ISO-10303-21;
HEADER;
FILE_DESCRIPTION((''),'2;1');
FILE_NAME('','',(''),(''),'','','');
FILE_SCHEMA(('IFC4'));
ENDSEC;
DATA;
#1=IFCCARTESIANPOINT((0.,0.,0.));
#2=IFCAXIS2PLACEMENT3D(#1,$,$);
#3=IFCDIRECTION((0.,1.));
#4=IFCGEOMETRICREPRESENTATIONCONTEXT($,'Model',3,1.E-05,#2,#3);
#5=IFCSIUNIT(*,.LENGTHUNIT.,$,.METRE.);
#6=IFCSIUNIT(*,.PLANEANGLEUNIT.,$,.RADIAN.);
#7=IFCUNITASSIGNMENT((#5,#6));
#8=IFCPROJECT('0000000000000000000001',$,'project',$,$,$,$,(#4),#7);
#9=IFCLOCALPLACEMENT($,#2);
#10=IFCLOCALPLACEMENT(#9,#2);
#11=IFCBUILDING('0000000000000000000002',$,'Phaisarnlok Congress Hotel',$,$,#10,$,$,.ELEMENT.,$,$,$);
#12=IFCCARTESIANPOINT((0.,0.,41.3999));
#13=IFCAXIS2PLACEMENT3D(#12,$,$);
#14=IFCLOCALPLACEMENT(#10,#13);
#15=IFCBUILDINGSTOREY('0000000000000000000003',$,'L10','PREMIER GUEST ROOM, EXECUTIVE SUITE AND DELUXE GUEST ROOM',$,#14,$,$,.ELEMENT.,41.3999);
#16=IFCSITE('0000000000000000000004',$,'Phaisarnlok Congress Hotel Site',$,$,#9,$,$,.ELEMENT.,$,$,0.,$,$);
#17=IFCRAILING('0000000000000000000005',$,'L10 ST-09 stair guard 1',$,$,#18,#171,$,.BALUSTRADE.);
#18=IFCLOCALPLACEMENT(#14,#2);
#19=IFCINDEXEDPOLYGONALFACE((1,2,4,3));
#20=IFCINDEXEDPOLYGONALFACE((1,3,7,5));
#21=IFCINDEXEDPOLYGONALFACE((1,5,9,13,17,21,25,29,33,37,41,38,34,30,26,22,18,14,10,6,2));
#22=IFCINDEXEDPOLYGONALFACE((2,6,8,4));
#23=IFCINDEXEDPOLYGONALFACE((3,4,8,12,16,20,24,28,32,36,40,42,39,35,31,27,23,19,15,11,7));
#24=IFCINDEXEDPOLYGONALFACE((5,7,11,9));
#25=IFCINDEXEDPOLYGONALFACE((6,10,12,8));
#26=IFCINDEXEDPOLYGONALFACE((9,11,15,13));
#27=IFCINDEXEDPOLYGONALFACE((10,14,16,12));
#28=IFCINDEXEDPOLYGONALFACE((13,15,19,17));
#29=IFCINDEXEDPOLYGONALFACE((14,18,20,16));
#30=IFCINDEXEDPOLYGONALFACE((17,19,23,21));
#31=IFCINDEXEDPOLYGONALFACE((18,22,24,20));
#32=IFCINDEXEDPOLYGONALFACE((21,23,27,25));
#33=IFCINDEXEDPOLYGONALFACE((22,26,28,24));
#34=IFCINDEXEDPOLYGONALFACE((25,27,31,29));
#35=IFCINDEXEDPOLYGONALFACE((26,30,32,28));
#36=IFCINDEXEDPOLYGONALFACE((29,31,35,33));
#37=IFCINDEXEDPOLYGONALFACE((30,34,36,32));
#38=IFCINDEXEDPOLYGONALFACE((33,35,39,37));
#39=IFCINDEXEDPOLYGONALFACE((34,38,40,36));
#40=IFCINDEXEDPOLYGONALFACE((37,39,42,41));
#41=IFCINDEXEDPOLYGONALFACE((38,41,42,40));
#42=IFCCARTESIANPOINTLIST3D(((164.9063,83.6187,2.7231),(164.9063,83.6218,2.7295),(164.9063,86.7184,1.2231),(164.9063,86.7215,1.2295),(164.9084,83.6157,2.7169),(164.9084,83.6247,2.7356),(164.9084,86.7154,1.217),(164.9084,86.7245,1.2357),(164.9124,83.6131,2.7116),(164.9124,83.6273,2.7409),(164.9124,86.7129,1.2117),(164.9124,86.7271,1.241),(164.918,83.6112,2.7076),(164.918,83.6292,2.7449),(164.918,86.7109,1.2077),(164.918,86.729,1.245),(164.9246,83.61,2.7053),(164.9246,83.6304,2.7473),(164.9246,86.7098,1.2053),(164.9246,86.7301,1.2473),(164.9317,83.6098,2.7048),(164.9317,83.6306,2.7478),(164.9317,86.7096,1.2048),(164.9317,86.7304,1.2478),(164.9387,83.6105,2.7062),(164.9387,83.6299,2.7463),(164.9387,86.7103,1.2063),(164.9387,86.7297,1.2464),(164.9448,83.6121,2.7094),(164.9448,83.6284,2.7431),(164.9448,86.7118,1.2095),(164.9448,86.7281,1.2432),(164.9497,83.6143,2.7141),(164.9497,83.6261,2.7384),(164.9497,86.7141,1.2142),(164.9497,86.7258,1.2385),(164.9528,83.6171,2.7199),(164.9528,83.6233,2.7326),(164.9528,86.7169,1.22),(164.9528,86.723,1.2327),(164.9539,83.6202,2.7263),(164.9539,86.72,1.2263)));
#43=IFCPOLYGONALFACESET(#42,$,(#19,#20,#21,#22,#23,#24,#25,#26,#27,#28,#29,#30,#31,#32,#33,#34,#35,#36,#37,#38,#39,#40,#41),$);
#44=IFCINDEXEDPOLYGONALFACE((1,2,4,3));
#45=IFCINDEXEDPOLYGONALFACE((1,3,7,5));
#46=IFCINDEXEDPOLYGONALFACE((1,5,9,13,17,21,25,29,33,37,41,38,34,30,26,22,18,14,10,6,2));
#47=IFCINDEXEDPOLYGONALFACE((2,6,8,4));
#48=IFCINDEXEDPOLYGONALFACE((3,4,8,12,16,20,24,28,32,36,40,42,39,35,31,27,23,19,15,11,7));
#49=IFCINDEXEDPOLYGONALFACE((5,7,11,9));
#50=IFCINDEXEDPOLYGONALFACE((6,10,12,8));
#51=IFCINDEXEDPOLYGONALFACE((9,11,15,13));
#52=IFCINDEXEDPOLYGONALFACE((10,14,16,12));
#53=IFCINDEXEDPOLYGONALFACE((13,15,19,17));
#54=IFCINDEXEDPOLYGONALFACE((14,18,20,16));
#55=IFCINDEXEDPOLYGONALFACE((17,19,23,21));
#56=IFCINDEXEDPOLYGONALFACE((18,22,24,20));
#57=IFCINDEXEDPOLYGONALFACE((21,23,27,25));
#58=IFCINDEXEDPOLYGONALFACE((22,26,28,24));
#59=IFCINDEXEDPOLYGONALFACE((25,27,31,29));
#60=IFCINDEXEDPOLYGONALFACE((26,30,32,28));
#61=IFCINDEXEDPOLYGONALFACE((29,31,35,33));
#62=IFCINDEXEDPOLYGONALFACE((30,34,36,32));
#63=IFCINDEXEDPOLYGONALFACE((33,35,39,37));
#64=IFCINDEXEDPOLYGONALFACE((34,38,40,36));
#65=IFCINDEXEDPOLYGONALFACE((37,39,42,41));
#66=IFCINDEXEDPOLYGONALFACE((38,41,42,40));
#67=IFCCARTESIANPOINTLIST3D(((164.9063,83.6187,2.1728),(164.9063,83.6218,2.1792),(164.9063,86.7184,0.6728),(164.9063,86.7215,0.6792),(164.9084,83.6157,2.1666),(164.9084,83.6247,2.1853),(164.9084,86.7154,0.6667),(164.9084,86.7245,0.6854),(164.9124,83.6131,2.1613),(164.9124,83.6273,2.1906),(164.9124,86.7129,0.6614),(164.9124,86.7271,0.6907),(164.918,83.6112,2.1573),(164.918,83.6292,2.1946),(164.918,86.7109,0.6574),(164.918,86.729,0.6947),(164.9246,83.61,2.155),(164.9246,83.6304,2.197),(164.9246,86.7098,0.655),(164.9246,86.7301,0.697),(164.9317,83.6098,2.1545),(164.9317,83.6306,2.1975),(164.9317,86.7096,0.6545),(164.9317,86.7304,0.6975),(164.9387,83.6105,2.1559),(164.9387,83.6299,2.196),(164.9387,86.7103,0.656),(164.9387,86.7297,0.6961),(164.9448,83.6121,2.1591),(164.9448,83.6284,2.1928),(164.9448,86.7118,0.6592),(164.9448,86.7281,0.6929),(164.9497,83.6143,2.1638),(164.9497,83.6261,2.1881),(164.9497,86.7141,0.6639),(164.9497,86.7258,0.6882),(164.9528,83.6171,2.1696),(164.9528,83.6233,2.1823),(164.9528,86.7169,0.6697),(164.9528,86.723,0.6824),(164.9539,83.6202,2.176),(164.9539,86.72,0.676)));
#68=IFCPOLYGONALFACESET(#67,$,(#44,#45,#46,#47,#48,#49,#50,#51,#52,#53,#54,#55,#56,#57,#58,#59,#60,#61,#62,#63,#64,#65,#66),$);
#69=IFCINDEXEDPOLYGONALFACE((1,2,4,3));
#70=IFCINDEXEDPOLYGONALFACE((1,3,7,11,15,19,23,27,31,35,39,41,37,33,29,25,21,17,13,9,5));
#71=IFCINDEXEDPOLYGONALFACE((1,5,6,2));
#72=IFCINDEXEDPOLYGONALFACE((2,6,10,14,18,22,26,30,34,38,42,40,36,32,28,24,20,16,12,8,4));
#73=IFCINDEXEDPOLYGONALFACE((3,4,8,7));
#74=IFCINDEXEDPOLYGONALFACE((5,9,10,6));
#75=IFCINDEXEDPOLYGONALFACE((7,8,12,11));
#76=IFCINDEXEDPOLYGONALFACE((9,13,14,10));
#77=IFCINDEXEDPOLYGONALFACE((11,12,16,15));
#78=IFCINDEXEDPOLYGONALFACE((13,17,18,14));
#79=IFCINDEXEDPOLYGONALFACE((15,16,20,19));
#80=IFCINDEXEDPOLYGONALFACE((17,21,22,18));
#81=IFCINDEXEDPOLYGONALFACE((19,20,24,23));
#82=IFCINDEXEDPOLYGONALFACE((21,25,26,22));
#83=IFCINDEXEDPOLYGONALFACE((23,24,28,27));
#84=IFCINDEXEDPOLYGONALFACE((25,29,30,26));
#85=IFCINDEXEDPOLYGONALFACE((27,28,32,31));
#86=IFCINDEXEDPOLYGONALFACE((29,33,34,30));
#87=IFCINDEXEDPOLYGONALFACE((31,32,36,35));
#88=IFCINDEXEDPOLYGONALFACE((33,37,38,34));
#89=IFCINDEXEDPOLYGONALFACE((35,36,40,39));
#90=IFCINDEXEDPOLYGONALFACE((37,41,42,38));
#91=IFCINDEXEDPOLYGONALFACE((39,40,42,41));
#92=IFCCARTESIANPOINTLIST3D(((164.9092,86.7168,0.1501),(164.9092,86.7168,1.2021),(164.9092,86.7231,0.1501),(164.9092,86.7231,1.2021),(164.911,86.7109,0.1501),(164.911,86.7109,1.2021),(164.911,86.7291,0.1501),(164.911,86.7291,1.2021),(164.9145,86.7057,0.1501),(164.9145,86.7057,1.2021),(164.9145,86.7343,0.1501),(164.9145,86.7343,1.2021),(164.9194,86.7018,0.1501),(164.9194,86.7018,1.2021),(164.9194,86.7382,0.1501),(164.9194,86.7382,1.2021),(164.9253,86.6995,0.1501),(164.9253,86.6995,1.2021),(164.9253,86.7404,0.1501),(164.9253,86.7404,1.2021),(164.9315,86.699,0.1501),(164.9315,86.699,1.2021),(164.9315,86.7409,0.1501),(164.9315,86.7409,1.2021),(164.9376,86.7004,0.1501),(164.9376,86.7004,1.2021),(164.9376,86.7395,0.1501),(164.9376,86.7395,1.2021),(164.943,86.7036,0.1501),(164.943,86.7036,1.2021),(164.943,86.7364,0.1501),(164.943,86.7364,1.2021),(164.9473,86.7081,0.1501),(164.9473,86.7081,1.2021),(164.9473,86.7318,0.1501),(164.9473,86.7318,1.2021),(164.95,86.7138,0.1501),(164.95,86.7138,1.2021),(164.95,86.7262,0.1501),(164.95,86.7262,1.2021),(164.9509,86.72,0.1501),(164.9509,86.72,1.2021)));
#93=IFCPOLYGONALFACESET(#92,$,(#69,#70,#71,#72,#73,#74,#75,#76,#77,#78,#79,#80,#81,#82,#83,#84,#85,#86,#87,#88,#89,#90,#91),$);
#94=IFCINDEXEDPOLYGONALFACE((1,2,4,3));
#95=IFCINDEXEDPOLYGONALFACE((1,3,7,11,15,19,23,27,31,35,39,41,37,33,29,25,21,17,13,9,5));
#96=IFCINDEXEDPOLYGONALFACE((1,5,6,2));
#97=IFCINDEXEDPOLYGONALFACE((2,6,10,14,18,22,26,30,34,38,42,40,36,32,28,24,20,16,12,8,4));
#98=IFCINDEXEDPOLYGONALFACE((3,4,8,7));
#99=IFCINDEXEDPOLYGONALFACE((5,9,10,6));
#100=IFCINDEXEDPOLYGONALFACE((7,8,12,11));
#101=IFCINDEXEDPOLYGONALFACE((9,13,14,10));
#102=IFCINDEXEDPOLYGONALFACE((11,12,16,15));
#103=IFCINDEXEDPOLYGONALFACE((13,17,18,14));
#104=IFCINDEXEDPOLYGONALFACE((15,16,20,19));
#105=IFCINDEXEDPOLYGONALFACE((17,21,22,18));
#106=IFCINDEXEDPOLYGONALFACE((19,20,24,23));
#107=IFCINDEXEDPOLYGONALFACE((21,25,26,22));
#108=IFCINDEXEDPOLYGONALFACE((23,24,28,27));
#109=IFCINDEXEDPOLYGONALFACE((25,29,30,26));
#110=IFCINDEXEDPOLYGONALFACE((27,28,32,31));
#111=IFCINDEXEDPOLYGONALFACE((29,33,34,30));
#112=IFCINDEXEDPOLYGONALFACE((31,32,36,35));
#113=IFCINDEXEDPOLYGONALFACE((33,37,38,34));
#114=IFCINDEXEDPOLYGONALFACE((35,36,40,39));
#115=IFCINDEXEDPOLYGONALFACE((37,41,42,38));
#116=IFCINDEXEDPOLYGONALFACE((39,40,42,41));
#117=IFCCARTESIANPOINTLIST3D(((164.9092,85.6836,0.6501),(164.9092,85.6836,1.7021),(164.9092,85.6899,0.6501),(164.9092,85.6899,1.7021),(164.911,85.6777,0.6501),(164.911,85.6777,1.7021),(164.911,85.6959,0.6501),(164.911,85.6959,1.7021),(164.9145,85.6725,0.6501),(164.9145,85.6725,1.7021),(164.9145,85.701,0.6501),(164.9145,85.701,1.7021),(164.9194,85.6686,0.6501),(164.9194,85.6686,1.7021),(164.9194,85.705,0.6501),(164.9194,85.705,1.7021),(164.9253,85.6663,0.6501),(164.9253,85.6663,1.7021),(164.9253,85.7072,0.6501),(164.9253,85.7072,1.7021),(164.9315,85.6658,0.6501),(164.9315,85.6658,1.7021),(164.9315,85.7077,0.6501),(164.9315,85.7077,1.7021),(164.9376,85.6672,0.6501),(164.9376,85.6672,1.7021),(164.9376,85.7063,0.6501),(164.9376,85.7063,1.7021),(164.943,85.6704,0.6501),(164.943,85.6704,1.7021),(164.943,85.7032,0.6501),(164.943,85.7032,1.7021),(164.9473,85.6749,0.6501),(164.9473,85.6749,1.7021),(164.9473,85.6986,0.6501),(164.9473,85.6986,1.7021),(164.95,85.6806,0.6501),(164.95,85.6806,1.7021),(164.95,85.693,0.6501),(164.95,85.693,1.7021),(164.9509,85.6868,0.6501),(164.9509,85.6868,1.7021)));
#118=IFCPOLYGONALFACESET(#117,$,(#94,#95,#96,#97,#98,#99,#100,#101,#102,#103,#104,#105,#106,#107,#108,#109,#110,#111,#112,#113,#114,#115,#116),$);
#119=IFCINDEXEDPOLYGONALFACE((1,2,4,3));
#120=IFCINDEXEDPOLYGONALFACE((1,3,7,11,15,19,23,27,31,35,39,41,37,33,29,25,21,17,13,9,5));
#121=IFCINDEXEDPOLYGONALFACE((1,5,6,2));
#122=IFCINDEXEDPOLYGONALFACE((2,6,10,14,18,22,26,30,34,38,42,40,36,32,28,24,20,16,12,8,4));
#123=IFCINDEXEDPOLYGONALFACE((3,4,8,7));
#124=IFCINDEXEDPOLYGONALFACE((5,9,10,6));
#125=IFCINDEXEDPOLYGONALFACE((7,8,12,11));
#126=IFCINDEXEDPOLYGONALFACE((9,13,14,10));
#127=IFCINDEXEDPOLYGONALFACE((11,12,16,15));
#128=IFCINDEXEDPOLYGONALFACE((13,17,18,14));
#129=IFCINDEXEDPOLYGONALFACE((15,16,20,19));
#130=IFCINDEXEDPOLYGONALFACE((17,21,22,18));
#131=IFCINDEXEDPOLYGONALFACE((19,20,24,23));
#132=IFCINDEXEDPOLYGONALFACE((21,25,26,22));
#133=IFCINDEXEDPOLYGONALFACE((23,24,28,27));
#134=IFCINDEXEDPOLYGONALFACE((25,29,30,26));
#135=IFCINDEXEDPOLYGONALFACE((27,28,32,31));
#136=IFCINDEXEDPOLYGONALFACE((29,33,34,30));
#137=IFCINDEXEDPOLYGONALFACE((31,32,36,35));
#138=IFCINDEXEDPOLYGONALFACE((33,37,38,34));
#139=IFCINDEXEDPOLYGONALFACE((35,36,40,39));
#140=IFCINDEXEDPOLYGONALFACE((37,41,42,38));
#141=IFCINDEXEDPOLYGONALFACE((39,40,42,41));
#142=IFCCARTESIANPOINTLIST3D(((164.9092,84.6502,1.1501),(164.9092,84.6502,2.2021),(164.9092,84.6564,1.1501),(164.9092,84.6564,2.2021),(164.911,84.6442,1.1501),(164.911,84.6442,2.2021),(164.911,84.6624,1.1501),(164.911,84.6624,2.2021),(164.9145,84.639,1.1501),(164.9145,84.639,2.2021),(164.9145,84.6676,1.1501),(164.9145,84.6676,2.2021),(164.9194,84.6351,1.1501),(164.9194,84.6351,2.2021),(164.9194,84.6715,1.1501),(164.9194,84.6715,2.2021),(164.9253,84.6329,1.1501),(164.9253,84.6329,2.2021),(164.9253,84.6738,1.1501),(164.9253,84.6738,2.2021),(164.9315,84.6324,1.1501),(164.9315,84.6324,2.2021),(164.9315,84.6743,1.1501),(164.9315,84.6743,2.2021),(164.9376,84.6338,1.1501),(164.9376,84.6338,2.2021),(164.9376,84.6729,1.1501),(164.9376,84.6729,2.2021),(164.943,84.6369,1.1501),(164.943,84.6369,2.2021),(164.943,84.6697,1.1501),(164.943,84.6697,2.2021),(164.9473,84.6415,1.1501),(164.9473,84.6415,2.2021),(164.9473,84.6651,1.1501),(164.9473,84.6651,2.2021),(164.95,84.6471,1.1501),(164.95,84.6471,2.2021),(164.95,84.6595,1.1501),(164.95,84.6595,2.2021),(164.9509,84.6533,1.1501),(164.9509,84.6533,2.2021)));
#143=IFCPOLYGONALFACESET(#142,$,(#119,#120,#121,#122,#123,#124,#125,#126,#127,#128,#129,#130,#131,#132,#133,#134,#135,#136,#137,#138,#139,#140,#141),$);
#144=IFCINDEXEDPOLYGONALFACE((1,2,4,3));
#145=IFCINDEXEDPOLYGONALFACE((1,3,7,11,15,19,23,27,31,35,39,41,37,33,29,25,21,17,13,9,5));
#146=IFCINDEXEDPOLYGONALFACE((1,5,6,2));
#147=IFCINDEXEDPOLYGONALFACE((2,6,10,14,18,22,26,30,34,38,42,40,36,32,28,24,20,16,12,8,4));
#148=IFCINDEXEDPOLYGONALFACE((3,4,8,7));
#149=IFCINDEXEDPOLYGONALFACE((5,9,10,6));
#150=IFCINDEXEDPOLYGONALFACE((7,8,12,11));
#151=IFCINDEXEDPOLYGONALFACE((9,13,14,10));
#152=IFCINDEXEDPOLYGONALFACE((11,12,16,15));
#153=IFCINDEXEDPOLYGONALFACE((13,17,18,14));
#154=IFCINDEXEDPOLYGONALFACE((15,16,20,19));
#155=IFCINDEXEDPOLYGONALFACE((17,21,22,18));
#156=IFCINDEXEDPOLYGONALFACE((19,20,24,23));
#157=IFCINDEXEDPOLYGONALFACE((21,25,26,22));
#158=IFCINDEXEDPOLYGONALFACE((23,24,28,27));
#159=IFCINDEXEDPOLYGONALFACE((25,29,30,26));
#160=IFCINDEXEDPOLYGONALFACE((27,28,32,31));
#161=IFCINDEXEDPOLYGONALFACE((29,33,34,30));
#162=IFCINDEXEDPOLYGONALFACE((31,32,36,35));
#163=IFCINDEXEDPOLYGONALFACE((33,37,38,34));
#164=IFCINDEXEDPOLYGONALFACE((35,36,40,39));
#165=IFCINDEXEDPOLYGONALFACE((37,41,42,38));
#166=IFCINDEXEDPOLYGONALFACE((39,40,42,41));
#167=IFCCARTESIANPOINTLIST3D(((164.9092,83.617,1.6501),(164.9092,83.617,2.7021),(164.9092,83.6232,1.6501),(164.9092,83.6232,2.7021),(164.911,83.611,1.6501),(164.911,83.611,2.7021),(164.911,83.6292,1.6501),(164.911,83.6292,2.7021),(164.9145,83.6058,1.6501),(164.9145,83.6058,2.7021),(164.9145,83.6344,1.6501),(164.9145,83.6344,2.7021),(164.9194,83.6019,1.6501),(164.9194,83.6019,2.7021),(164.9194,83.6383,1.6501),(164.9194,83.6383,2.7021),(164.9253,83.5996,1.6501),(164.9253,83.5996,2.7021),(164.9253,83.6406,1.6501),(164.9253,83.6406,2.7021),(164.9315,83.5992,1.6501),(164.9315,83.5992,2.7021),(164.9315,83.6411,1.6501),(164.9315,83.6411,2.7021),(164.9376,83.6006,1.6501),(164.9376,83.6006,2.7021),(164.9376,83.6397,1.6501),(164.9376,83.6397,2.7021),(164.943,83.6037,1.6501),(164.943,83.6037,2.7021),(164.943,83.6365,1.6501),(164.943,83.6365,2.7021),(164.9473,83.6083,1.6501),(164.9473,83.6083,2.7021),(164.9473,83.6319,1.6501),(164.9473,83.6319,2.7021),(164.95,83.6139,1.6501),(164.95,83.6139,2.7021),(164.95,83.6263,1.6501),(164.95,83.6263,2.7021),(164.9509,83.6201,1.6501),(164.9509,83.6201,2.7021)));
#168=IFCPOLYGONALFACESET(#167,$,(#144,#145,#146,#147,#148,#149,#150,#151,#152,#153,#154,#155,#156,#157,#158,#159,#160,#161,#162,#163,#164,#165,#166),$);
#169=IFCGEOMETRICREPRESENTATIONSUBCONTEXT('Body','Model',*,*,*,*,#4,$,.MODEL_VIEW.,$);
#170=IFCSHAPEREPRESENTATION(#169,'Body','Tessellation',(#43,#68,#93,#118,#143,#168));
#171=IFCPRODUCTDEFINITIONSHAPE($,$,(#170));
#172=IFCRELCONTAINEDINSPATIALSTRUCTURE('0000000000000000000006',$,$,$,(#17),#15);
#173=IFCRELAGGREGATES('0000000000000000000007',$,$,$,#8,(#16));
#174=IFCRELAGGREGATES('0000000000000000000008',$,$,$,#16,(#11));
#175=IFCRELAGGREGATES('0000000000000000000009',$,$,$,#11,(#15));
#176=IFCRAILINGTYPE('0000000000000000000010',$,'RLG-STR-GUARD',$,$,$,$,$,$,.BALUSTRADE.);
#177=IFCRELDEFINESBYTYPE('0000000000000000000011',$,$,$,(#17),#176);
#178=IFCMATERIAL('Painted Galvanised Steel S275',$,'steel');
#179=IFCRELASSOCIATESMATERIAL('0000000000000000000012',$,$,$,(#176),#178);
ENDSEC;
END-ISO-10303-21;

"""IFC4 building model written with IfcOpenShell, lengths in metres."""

from ifc_helpers import new_model, si_unit, direction, frame, origin, origin_2d, place, context, subcontext, project, spatial, circle, extrude, material, type_object, element, save


model = new_model("IFC4")

# Units and contexts
model_context = context("Model", 3, precision=1e-05, world=origin(), true_north=direction((0.0, 1.0)))
body_context = subcontext(model_context, "Body", "Model", "MODEL_VIEW")
ifc_project = project(units=[si_unit("LENGTHUNIT", "METRE"), si_unit("PLANEANGLEUNIT", "RADIAN")], contexts=[model_context])

# Site, building, storey
site_placement = place(None, origin())
site = spatial("IfcSite", under=ifc_project, at=site_placement, Name="Phaisarnlok Congress Hotel Site", CompositionType="ELEMENT", RefElevation=0.0)
building_placement = place(site_placement, origin())
building = spatial("IfcBuilding", under=site, at=building_placement, Name="Phaisarnlok Congress Hotel", CompositionType="ELEMENT")
storey_placement = place(building_placement, frame((0.0, 0.0, 41.3999)))
storey = spatial("IfcBuildingStorey", under=building, at=storey_placement, Name="L10", Description="PREMIER GUEST ROOM, EXECUTIVE SUITE AND DELUXE GUEST ROOM", CompositionType="ELEMENT", Elevation=41.3999)

# Railing
ifc_material_1 = material(Name="Painted Galvanised Steel S275", Category="steel")
railing_type_1 = type_object("IfcRailingType", Name="RLG-STR-GUARD", PredefinedType="BALUSTRADE", material=ifc_material_1)
railing_1_placement = place(storey_placement, frame((164.9299, 86.72, 0.1501)))
element("IfcRailing", 1, at=railing_1_placement, inside=storey, type_object=railing_type_1, Name="L10 ST-09 stair guard 1", PredefinedType="BALUSTRADE", context=body_context, shape_type="SweptSolid", body=[
    extrude(circle(Radius=0.0239, at=origin_2d()), frame((0.0, 0.0, 1.0762), z_axis=(0.0, -0.900151, 0.435578), x_axis=(1.0, 0.0, 0.0)), (0.0, 0.0, 1.0), 3.4436),
    extrude(circle(Radius=0.0239, at=origin_2d()), frame((0.0, 0.0, 0.5259), z_axis=(0.0, -0.900151, 0.435578), x_axis=(1.0, 0.0, 0.0)), (0.0, 0.0, 1.0), 3.4436),
    extrude(circle(Radius=0.021, at=origin_2d()), origin(), (0.0, 0.0, 1.0), 1.052),
    extrude(circle(Radius=0.021, at=origin_2d()), frame((0.0, -1.0332, 0.5)), (0.0, 0.0, 1.0), 1.052),
    extrude(circle(Radius=0.021, at=origin_2d()), frame((0.0, -2.0667, 1.0)), (0.0, 0.0, 1.0), 1.052),
    extrude(circle(Radius=0.021, at=origin_2d()), frame((0.0, -3.0999, 1.5)), (0.0, 0.0, 1.0), 1.052),
])

save(model, "model.ifc")
